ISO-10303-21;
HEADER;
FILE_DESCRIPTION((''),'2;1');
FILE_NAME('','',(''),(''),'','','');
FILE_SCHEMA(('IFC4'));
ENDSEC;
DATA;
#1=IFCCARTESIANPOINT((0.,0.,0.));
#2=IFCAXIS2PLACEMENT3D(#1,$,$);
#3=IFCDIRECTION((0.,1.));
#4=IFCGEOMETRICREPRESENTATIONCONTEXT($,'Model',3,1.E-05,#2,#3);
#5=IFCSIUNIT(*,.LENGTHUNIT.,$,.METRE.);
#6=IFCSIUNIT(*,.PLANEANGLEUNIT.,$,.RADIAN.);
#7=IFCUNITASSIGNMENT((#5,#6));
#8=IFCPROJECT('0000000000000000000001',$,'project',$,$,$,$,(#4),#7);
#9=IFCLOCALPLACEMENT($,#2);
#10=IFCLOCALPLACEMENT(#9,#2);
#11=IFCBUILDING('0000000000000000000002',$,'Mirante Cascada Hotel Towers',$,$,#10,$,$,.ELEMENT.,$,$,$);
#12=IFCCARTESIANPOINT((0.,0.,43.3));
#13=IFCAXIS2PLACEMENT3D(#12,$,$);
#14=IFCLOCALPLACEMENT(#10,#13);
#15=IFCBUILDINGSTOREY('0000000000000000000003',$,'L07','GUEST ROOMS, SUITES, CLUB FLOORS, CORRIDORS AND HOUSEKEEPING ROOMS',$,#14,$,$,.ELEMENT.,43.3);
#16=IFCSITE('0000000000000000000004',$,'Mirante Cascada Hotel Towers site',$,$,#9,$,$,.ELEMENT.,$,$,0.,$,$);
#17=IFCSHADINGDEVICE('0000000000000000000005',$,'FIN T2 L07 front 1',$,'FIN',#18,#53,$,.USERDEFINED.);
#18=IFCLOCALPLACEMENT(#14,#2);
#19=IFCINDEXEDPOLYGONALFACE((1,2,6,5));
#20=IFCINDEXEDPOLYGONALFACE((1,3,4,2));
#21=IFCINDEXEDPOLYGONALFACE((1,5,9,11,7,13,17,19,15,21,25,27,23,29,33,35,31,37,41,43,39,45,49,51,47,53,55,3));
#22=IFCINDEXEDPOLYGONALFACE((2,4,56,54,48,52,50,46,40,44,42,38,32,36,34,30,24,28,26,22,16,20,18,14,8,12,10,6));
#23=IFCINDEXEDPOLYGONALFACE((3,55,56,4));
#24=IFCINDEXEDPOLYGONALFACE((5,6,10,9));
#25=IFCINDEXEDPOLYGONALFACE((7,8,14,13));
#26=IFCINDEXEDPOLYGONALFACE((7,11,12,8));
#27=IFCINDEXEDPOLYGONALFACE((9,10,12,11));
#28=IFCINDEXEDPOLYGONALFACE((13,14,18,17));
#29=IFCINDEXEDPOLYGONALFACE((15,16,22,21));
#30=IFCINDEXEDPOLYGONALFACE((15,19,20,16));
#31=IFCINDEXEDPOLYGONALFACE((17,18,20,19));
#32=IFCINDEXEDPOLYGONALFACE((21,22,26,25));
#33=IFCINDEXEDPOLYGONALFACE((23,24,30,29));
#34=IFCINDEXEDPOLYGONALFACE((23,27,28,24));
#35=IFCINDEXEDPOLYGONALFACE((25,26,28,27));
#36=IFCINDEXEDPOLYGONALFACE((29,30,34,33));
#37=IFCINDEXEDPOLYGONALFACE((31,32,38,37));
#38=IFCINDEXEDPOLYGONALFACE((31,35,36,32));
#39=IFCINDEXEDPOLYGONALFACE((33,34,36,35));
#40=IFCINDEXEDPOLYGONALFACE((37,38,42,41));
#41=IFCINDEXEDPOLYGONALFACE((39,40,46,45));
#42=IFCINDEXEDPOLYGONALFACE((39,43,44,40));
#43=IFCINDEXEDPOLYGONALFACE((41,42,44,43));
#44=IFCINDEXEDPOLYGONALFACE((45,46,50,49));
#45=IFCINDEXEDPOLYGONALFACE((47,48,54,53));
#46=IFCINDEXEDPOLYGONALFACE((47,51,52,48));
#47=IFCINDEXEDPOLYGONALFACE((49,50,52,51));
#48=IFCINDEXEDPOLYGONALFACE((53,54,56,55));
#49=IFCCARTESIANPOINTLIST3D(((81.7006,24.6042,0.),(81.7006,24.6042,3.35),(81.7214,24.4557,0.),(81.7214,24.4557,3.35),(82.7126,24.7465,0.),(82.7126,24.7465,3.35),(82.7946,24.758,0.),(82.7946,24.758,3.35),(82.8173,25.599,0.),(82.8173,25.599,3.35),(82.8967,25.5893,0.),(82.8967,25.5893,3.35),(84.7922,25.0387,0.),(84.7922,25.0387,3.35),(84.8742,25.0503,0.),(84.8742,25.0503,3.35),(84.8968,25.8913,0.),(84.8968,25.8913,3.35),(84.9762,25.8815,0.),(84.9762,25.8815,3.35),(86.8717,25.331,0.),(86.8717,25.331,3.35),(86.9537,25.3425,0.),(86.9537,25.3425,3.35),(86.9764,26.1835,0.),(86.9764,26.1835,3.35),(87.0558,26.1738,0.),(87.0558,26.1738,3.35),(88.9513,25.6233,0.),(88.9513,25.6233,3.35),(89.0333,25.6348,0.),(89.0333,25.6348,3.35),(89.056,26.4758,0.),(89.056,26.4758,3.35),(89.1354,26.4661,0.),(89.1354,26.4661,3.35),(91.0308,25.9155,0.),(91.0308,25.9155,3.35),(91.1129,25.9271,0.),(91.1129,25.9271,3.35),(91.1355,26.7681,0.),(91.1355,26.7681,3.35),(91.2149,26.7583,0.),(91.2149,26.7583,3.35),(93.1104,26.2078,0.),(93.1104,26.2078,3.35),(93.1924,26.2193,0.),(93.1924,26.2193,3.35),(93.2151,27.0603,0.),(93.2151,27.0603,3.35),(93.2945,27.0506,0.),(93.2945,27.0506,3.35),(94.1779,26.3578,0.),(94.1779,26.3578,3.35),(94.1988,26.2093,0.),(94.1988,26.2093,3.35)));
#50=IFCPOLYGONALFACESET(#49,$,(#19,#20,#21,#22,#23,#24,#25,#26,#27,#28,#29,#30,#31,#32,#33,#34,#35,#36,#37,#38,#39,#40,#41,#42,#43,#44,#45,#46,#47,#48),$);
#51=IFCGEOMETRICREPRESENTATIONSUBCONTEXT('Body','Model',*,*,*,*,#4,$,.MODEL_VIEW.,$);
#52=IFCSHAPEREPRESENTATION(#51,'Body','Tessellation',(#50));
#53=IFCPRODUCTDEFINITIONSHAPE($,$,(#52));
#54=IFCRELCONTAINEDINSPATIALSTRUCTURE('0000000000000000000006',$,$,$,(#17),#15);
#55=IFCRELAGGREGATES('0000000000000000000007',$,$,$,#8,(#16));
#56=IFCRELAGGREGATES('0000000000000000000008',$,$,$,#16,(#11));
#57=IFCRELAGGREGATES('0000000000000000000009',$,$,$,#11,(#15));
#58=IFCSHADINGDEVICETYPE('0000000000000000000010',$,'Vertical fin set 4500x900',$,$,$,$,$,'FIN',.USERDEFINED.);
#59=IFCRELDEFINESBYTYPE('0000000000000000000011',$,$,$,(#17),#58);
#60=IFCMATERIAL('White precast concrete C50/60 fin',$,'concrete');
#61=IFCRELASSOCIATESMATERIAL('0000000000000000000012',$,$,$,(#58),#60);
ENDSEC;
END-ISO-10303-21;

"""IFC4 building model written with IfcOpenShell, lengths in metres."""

from ifc_helpers import new_model, si_unit, direction, frame, origin, place, context, subcontext, project, spatial, polyline, outline, extrude, material, type_object, element, save


model = new_model("IFC4")

# Units and contexts
model_context = context("Model", 3, precision=1e-05, world=origin(), true_north=direction((0.0, 1.0)))
body_context = subcontext(model_context, "Body", "Model", "MODEL_VIEW")
ifc_project = project(units=[si_unit("LENGTHUNIT", "METRE"), si_unit("PLANEANGLEUNIT", "RADIAN")], contexts=[model_context])

# Site, building, storey
site_placement = place(None, origin())
site = spatial("IfcSite", under=ifc_project, at=site_placement, Name="Mirante Cascada Hotel Towers site", CompositionType="ELEMENT", RefElevation=0.0)
building_placement = place(site_placement, origin())
building = spatial("IfcBuilding", under=site, at=building_placement, Name="Mirante Cascada Hotel Towers", CompositionType="ELEMENT")
storey_placement = place(building_placement, frame((0.0, 0.0, 43.3)))
storey = spatial("IfcBuildingStorey", under=building, at=storey_placement, Name="L07", Description="GUEST ROOMS, SUITES, CLUB FLOORS, CORRIDORS AND HOUSEKEEPING ROOMS", CompositionType="ELEMENT", Elevation=43.3)

# Shading device
ifc_material_1 = material(Name="White precast concrete C50/60 fin", Category="concrete")
shading_device_type = type_object("IfcShadingDeviceType", Name="Vertical fin set 4500x900", ElementType="FIN", PredefinedType="USERDEFINED", material=ifc_material_1)
shading_device_1_placement = place(storey_placement, origin())
element("IfcShadingDevice", 1, at=shading_device_1_placement, inside=storey, type_object=shading_device_type, Name="FIN T2 L07 front 1", ObjectType="FIN", PredefinedType="USERDEFINED", context=body_context, shape_type="SweptSolid", body=[
    extrude(outline(polyline([(82.8967, 25.5893), (82.7946, 24.758), (84.7922, 25.0387), (84.8968, 25.8913), (84.9762, 25.8815), (84.8742, 25.0503), (86.8717, 25.331), (86.9764, 26.1835), (87.0558, 26.1738), (86.9537, 25.3425), (88.9513, 25.6233), (89.056, 26.4758), (89.1354, 26.4661), (89.0333, 25.6348), (91.0308, 25.9155), (91.1355, 26.7681), (91.2149, 26.7583), (91.1129, 25.9271), (93.1104, 26.2078), (93.2151, 27.0603), (93.2945, 27.0506), (93.1924, 26.2193), (94.1779, 26.3578), (94.1988, 26.2093), (81.7214, 24.4557), (81.7006, 24.6042), (82.7126, 24.7465), (82.8173, 25.599), (82.8967, 25.5893)])), origin(), (0.0, 0.0, 1.0), 3.35),
])

save(model, "model.ifc")
